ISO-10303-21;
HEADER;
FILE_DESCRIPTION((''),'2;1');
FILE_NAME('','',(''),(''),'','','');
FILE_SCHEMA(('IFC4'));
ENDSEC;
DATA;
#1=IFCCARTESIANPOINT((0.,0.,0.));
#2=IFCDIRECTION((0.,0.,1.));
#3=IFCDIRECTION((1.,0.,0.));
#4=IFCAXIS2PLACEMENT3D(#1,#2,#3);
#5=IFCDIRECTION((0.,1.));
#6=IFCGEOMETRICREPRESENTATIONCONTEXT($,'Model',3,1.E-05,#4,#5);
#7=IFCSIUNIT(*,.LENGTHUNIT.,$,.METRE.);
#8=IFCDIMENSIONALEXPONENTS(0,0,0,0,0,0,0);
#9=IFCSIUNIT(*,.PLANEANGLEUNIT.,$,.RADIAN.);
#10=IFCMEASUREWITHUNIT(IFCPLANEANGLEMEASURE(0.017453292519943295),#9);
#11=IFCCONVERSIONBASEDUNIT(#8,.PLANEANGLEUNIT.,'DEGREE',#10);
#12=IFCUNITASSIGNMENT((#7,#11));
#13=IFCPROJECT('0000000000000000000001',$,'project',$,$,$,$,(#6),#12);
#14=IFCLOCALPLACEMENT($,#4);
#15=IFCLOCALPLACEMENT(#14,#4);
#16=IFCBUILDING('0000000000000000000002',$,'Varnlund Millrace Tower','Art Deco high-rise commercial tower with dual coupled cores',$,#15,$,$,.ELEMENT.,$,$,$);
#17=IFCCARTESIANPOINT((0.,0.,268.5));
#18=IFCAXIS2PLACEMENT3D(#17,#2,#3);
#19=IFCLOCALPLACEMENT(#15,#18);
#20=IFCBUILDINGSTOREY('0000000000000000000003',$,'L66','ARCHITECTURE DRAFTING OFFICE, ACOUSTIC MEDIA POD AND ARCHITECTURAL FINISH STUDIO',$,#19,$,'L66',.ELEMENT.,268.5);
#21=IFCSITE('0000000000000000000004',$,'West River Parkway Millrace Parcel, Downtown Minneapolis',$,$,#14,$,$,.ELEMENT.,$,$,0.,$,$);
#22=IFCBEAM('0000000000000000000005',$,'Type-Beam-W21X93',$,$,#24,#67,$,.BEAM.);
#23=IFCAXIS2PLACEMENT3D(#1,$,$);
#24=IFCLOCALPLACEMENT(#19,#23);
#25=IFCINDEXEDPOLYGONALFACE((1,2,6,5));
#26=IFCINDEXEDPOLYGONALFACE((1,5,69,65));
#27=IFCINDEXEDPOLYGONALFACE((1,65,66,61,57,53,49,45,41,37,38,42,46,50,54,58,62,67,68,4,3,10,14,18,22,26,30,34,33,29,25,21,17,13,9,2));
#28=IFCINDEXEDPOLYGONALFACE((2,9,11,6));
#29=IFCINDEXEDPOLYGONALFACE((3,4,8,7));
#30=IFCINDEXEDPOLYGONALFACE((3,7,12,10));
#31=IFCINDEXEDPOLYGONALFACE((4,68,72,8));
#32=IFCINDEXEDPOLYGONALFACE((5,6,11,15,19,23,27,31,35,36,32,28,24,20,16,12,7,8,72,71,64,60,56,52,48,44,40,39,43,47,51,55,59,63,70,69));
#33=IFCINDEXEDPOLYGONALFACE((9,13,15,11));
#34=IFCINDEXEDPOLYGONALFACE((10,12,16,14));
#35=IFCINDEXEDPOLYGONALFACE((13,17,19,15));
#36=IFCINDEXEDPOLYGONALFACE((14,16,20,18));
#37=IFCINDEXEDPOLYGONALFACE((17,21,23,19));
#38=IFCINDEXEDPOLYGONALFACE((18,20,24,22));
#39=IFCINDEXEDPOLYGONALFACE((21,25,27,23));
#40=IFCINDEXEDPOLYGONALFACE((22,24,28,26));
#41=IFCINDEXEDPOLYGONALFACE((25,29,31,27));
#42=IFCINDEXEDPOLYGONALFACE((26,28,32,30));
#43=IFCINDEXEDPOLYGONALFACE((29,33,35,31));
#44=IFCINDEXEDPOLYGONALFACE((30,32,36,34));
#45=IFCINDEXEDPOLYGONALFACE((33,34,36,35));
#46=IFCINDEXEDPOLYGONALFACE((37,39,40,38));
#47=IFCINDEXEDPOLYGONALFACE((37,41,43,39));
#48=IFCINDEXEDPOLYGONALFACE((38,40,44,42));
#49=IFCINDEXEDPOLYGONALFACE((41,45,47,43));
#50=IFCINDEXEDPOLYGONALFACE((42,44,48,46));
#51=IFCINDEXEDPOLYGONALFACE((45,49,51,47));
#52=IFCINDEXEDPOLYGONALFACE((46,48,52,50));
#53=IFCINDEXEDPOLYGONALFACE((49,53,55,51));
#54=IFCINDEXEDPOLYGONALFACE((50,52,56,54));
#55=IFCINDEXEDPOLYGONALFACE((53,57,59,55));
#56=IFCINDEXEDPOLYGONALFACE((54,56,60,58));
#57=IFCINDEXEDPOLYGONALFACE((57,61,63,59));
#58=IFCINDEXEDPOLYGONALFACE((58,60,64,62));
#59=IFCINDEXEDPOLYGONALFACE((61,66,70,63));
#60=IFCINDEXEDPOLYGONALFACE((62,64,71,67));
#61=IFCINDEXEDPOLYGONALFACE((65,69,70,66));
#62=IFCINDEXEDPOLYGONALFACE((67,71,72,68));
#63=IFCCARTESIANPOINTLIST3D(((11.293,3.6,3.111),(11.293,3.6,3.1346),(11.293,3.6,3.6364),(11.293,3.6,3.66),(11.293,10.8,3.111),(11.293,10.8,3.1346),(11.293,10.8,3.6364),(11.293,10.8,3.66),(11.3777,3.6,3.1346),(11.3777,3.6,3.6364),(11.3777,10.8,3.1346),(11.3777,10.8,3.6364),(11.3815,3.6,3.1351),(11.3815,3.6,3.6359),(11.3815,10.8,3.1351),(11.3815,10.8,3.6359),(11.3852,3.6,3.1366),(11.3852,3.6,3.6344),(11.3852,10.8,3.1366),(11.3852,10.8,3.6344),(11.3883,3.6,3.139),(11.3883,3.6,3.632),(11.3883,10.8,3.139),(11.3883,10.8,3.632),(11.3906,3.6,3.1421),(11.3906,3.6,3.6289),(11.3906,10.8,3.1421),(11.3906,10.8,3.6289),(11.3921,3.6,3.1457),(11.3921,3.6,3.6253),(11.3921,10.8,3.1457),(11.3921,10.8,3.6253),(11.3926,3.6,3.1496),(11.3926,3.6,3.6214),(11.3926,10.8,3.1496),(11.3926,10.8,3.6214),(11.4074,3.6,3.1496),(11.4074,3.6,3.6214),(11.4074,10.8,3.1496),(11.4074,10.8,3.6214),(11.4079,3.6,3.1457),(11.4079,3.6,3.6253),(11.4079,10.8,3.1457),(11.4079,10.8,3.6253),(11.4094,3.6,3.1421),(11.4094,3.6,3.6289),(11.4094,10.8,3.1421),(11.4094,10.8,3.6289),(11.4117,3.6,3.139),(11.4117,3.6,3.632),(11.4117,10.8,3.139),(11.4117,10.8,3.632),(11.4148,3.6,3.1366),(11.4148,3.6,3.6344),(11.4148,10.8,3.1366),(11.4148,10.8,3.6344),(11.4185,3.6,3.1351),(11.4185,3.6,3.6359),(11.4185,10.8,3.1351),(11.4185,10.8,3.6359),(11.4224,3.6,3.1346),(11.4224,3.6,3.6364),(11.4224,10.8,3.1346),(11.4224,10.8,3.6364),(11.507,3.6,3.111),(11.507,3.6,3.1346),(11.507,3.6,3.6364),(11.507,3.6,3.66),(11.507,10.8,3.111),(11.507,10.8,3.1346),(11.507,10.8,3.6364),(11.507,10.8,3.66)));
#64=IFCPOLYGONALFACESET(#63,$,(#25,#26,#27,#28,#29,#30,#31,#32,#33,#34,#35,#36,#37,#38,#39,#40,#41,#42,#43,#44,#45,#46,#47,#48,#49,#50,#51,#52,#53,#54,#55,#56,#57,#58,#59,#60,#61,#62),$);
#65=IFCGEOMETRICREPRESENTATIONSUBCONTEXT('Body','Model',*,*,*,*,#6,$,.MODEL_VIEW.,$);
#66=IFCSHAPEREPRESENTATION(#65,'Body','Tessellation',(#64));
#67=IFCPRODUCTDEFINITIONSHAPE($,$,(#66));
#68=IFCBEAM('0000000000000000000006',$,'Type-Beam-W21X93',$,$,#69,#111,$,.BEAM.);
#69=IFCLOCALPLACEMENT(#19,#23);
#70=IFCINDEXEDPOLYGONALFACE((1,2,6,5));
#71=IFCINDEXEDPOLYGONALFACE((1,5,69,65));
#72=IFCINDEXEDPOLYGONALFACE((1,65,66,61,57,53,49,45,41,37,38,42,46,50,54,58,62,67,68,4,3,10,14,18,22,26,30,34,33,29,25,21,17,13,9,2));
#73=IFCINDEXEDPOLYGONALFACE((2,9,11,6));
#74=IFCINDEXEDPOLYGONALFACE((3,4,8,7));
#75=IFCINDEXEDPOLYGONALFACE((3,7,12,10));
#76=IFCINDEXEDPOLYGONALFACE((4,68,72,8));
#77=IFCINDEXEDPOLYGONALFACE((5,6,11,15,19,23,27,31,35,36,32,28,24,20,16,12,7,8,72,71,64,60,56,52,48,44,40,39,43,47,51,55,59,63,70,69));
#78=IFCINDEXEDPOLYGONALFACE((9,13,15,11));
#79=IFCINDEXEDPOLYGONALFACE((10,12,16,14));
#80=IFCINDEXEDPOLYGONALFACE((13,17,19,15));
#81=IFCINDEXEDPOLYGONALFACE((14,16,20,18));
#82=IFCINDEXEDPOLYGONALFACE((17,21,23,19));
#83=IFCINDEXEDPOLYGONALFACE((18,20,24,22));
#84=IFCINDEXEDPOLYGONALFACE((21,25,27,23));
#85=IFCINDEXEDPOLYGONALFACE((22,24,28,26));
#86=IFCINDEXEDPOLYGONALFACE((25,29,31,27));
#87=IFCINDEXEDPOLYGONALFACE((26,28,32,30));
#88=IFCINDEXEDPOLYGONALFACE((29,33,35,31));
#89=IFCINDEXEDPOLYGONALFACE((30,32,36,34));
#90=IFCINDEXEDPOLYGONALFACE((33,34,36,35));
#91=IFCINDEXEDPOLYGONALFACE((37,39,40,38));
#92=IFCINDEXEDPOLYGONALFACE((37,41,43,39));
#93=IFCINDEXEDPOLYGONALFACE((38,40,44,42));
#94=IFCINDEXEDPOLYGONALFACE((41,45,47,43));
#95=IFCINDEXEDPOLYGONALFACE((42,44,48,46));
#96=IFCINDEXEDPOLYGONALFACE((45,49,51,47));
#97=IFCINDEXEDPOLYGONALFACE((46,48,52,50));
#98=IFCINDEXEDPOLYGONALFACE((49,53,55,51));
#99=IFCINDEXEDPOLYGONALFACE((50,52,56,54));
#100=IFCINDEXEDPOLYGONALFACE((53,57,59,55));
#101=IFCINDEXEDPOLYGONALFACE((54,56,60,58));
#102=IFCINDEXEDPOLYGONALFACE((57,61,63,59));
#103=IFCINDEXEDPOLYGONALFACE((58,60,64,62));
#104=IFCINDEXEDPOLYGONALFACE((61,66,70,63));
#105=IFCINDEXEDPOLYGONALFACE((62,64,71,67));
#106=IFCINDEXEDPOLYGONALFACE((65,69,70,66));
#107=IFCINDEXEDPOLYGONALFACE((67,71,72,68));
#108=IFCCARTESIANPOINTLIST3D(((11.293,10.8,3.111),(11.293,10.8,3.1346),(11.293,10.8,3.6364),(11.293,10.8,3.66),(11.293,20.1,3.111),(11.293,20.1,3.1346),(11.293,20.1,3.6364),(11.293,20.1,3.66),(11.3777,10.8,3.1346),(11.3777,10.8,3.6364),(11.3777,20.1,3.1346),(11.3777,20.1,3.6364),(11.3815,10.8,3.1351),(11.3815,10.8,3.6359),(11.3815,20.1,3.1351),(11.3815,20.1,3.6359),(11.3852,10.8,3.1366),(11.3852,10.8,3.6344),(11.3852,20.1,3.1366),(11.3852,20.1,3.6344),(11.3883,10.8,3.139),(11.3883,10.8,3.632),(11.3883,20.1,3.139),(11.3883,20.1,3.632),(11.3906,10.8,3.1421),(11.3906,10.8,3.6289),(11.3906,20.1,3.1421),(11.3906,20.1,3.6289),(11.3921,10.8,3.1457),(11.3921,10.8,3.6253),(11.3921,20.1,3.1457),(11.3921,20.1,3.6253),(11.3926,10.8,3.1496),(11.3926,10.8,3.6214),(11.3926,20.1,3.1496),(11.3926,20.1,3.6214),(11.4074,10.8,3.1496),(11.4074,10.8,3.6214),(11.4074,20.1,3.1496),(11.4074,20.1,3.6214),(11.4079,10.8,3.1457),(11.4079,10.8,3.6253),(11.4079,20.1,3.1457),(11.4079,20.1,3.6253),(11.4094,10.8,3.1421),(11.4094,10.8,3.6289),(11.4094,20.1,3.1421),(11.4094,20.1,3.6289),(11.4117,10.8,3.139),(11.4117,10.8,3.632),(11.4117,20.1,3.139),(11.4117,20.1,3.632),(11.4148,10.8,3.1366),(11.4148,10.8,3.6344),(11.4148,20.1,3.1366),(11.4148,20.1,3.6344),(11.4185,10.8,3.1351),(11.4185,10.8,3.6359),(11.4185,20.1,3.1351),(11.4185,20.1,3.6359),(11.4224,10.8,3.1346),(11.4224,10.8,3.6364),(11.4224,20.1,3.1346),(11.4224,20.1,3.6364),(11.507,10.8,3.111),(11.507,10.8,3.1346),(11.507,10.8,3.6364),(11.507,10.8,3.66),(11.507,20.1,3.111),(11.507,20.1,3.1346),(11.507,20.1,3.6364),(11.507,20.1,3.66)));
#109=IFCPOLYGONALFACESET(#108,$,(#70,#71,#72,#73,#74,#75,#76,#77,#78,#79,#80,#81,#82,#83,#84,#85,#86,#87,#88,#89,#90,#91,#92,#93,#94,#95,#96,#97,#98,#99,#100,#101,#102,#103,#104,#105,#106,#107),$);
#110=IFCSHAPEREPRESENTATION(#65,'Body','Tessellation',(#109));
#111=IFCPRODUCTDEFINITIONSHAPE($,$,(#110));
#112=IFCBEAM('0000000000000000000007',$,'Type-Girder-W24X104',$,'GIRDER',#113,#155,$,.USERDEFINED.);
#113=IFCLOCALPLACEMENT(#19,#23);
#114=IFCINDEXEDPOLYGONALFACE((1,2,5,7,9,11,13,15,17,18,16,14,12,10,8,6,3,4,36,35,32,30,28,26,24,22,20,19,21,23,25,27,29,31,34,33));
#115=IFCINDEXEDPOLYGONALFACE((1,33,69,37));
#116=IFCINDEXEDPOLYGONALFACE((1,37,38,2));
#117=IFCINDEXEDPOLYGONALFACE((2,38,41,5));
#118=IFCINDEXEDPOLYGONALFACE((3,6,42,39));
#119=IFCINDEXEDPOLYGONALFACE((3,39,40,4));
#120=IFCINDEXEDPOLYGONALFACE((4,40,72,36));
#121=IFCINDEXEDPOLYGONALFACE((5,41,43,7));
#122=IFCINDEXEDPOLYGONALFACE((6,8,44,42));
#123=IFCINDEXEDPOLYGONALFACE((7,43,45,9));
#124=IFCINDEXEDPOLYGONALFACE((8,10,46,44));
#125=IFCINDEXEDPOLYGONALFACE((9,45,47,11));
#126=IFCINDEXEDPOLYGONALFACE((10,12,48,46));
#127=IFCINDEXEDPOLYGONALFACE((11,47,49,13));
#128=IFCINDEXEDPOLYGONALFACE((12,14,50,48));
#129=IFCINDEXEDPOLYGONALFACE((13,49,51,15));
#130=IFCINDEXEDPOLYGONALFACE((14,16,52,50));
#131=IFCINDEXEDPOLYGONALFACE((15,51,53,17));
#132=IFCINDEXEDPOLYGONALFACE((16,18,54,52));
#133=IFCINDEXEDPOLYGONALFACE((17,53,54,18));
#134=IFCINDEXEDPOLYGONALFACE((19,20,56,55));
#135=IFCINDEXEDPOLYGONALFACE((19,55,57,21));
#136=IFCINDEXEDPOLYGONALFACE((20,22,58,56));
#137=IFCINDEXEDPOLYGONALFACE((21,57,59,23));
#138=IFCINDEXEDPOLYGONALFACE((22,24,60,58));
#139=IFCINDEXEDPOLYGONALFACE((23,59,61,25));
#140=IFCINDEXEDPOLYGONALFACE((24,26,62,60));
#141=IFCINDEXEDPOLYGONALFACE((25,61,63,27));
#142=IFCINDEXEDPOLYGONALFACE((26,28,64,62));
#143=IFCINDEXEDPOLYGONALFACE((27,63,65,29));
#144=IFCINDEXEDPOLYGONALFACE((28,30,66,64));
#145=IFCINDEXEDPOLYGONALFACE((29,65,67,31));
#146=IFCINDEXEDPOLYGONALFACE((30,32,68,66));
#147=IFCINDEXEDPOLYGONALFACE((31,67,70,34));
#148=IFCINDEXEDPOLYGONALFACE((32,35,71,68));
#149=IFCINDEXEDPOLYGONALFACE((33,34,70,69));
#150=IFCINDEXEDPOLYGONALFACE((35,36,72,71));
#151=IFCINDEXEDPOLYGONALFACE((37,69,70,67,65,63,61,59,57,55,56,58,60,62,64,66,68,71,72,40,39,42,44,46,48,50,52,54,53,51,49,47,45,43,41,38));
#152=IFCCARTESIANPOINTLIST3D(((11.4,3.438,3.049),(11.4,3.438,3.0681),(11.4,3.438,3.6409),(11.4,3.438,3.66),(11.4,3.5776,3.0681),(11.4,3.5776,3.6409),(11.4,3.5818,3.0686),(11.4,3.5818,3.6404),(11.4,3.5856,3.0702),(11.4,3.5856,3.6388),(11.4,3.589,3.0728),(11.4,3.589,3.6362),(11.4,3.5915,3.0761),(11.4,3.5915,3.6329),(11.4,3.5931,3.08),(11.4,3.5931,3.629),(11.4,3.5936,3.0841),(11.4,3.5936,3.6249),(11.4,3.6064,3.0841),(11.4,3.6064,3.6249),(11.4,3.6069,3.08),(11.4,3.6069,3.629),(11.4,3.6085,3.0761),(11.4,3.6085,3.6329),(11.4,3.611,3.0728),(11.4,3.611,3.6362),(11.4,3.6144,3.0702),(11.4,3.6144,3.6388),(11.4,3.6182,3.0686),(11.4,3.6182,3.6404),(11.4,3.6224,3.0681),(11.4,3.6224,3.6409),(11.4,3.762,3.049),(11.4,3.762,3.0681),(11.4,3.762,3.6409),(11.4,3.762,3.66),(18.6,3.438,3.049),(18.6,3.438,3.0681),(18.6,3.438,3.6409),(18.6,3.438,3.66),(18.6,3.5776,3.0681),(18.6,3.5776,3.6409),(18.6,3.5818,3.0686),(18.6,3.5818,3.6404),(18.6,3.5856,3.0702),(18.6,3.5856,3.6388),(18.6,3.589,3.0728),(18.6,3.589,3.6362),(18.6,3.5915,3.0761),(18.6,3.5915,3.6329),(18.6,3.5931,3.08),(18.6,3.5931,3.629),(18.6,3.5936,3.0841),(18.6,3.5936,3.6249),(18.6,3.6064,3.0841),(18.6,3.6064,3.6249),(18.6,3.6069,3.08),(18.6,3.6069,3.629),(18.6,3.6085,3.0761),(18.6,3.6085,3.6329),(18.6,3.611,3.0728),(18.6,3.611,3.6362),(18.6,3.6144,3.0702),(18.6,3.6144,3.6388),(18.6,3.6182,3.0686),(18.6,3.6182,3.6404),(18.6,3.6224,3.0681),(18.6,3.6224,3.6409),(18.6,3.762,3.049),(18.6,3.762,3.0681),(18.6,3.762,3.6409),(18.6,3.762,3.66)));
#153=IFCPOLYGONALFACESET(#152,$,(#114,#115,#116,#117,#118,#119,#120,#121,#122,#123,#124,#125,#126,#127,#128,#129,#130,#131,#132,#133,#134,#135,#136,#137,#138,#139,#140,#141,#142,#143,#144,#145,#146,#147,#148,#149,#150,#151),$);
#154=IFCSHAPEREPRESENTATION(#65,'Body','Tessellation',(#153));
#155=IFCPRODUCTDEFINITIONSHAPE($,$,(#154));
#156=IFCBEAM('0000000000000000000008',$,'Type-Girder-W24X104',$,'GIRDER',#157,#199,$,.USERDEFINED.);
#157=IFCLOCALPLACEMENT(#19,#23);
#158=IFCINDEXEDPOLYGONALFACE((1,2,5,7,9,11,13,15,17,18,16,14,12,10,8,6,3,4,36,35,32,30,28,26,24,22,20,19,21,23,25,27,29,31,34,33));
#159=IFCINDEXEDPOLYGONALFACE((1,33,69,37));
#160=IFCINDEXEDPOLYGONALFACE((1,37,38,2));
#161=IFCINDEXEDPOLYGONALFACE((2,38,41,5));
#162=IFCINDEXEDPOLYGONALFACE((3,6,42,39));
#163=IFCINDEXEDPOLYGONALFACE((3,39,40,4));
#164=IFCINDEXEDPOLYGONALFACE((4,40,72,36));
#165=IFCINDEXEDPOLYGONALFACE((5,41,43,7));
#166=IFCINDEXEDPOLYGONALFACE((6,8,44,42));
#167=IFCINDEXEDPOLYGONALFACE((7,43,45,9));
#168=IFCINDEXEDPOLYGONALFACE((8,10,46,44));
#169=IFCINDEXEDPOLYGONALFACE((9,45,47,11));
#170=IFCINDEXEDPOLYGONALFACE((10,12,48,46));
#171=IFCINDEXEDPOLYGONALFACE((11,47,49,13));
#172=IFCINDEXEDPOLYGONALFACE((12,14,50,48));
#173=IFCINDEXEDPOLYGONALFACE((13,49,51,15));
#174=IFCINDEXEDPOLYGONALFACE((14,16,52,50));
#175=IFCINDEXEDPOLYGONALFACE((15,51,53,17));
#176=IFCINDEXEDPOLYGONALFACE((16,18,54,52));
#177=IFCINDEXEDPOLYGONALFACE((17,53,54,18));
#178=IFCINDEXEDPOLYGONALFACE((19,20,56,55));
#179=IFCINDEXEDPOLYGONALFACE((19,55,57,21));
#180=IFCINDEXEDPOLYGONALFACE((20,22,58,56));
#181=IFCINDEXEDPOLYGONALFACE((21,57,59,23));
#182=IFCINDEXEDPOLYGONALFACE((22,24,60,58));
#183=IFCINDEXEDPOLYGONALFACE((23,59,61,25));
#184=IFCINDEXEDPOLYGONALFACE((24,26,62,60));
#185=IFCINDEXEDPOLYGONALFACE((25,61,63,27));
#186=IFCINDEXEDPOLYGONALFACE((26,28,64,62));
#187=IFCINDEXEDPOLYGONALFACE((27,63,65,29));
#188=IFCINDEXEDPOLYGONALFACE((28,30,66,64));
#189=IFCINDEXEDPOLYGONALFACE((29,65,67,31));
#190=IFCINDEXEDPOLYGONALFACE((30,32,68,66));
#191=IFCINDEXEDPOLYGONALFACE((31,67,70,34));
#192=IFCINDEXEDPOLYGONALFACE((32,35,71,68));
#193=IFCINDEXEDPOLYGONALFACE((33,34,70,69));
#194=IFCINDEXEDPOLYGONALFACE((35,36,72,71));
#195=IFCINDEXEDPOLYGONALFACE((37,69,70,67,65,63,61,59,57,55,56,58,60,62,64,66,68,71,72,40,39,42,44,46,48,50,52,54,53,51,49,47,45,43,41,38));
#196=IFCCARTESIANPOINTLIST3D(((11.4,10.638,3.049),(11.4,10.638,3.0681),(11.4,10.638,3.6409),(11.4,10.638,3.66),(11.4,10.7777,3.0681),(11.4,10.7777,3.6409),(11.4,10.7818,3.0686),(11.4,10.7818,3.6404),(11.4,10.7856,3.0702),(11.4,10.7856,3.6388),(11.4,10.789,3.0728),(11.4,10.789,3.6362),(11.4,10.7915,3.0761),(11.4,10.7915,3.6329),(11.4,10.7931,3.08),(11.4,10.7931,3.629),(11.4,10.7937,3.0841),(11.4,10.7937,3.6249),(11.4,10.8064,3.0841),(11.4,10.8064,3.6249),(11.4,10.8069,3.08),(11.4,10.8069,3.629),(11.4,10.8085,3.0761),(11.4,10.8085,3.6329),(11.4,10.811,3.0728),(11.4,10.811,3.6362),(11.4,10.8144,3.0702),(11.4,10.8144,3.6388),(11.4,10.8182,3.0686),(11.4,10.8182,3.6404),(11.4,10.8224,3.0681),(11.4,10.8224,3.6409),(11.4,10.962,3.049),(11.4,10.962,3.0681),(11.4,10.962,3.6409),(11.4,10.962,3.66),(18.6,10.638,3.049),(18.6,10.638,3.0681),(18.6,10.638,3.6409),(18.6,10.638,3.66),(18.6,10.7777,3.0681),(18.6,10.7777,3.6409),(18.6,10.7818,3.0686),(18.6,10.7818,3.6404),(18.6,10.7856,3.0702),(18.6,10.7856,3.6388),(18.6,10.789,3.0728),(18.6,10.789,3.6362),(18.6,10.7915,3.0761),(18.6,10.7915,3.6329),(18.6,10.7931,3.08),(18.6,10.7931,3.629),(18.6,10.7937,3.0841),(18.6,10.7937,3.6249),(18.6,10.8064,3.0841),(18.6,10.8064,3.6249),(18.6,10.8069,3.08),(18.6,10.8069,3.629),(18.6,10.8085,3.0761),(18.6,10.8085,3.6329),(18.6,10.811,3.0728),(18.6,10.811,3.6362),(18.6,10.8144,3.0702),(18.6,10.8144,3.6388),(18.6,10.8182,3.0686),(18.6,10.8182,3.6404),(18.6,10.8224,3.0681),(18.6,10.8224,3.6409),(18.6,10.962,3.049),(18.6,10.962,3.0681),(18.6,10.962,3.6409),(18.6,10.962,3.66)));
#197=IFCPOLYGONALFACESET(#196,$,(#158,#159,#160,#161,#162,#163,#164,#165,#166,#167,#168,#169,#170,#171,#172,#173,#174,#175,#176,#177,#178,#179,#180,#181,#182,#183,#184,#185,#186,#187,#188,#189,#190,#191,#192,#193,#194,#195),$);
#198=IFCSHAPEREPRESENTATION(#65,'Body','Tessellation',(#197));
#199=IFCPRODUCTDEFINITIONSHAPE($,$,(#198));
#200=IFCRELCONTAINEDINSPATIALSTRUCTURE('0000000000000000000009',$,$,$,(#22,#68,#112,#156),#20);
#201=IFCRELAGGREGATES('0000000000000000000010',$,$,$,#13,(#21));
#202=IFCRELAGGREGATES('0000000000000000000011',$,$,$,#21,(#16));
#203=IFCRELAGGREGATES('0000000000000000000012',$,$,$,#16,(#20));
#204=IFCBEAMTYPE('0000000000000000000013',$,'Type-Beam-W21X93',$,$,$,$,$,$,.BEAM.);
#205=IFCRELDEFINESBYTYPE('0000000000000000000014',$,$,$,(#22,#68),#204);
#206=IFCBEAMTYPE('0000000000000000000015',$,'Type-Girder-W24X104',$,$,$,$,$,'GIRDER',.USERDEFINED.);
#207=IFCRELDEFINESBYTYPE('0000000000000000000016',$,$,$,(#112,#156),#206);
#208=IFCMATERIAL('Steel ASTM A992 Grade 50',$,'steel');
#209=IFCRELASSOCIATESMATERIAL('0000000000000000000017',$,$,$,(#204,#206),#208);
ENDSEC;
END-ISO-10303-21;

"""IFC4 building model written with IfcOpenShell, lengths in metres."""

from ifc_helpers import new_model, entity, si_unit, converted_unit, direction, frame, origin_with_axes, origin_2d_with_axis, place, context, subcontext, project, spatial, i_section, extrude, material, material_profile, profile_set, type_object, element, save


model = new_model("IFC4")

# Units and contexts
model_context = context("Model", 3, precision=1e-05, world=origin_with_axes(), true_north=direction((0.0, 1.0)))
body_context = subcontext(model_context, "Body", "Model", "MODEL_VIEW")
ifc_project = project(units=[si_unit("LENGTHUNIT", "METRE"), converted_unit("PLANEANGLEUNIT", "DEGREE", entity("IfcPlaneAngleMeasure", 0.017453292519943295), si_unit("PLANEANGLEUNIT", "RADIAN"), dimensions=[0, 0, 0, 0, 0, 0, 0])], contexts=[model_context])

# Site, building, storey
site_placement = place(None, origin_with_axes())
site = spatial("IfcSite", under=ifc_project, at=site_placement, Name="West River Parkway Millrace Parcel, Downtown Minneapolis", CompositionType="ELEMENT", RefElevation=0.0)
building_placement = place(site_placement, origin_with_axes())
building = spatial("IfcBuilding", under=site, at=building_placement, Name="Varnlund Millrace Tower", Description="Art Deco high-rise commercial tower with dual coupled cores", CompositionType="ELEMENT")
storey_placement = place(building_placement, frame((0.0, 0.0, 268.5), z_axis=(0.0, 0.0, 1.0), x_axis=(1.0, 0.0, 0.0)))
storey = spatial("IfcBuildingStorey", under=building, at=storey_placement, Name="L66", Description="ARCHITECTURE DRAFTING OFFICE, ACOUSTIC MEDIA POD AND ARCHITECTURAL FINISH STUDIO", LongName="L66", CompositionType="ELEMENT", Elevation=268.5)

# Beams
ifc_material_1 = material(Name="Steel ASTM A992 Grade 50", Category="steel")
ifc_material_profile_1 = material_profile(ifc_material_1, i_section(OverallWidth=0.214, OverallDepth=0.549, WebThickness=0.0147, FlangeThickness=0.0236, FilletRadius=0.015, at=origin_2d_with_axis()), Name="Steel ASTM A992 Grade 50")
ifc_profile_set_1 = profile_set([ifc_material_profile_1], Name="Steel ASTM A992 Grade 50")
beam_type_1 = type_object("IfcBeamType", Name="Type-Beam-W21X93", PredefinedType="BEAM", material=ifc_profile_set_1)
beam_1_placement = place(storey_placement, frame((11.4, 3.6, 3.3855), z_axis=(0.0, 1.0, 0.0), x_axis=(-1.0, 0.0, 0.0)))
element("IfcBeam", 1, at=beam_1_placement, inside=storey, type_object=beam_type_1, Name="Type-Beam-W21X93", PredefinedType="BEAM", context=body_context, shape_type="SweptSolid", body=[
    extrude(i_section(OverallWidth=0.214, OverallDepth=0.549, WebThickness=0.0147, FlangeThickness=0.0236, FilletRadius=0.015, at=origin_2d_with_axis()), origin_with_axes(), (0.0, 0.0, 1.0), 7.2),
])
beam_2_placement = place(storey_placement, frame((11.4, 10.8, 3.3855), z_axis=(0.0, 1.0, 0.0), x_axis=(-1.0, 0.0, 0.0)))
element("IfcBeam", 2, at=beam_2_placement, inside=storey, type_object=beam_type_1, Name="Type-Beam-W21X93", PredefinedType="BEAM", context=body_context, shape_type="SweptSolid", body=[
    extrude(i_section(OverallWidth=0.214, OverallDepth=0.549, WebThickness=0.0147, FlangeThickness=0.0236, FilletRadius=0.015, at=origin_2d_with_axis()), origin_with_axes(), (0.0, 0.0, 1.0), 9.3),
])
ifc_material_profile_2 = material_profile(ifc_material_1, i_section(OverallWidth=0.324, OverallDepth=0.611, WebThickness=0.0127, FlangeThickness=0.0191, FilletRadius=0.016, at=origin_2d_with_axis()), Name="Steel ASTM A992 Grade 50")
ifc_profile_set_2 = profile_set([ifc_material_profile_2], Name="Steel ASTM A992 Grade 50")
beam_type_2 = type_object("IfcBeamType", Name="Type-Girder-W24X104", ElementType="GIRDER", PredefinedType="USERDEFINED", material=ifc_profile_set_2)
for number, where, z_axis, x_axis, name in (
    (3, (11.4, 3.6, 3.3545), (1.0, 0.0, 0.0), (0.0, 1.0, 0.0), "Type-Girder-W24X104"),
    (4, (11.4, 10.8, 3.3545), (1.0, 0.0, 0.0), (0.0, 1.0, 0.0), "Type-Girder-W24X104"),
):
    element("IfcBeam", number, at=place(storey_placement, frame(where, z_axis=z_axis, x_axis=x_axis)), inside=storey, type_object=beam_type_2, Name=name, ObjectType="GIRDER", PredefinedType="USERDEFINED", context=body_context, shape_type="SweptSolid", body=[
        extrude(i_section(OverallWidth=0.324, OverallDepth=0.611, WebThickness=0.0127, FlangeThickness=0.0191, FilletRadius=0.016, at=origin_2d_with_axis()), origin_with_axes(), (0.0, 0.0, 1.0), 7.2),
    ])

save(model, "model.ifc")
